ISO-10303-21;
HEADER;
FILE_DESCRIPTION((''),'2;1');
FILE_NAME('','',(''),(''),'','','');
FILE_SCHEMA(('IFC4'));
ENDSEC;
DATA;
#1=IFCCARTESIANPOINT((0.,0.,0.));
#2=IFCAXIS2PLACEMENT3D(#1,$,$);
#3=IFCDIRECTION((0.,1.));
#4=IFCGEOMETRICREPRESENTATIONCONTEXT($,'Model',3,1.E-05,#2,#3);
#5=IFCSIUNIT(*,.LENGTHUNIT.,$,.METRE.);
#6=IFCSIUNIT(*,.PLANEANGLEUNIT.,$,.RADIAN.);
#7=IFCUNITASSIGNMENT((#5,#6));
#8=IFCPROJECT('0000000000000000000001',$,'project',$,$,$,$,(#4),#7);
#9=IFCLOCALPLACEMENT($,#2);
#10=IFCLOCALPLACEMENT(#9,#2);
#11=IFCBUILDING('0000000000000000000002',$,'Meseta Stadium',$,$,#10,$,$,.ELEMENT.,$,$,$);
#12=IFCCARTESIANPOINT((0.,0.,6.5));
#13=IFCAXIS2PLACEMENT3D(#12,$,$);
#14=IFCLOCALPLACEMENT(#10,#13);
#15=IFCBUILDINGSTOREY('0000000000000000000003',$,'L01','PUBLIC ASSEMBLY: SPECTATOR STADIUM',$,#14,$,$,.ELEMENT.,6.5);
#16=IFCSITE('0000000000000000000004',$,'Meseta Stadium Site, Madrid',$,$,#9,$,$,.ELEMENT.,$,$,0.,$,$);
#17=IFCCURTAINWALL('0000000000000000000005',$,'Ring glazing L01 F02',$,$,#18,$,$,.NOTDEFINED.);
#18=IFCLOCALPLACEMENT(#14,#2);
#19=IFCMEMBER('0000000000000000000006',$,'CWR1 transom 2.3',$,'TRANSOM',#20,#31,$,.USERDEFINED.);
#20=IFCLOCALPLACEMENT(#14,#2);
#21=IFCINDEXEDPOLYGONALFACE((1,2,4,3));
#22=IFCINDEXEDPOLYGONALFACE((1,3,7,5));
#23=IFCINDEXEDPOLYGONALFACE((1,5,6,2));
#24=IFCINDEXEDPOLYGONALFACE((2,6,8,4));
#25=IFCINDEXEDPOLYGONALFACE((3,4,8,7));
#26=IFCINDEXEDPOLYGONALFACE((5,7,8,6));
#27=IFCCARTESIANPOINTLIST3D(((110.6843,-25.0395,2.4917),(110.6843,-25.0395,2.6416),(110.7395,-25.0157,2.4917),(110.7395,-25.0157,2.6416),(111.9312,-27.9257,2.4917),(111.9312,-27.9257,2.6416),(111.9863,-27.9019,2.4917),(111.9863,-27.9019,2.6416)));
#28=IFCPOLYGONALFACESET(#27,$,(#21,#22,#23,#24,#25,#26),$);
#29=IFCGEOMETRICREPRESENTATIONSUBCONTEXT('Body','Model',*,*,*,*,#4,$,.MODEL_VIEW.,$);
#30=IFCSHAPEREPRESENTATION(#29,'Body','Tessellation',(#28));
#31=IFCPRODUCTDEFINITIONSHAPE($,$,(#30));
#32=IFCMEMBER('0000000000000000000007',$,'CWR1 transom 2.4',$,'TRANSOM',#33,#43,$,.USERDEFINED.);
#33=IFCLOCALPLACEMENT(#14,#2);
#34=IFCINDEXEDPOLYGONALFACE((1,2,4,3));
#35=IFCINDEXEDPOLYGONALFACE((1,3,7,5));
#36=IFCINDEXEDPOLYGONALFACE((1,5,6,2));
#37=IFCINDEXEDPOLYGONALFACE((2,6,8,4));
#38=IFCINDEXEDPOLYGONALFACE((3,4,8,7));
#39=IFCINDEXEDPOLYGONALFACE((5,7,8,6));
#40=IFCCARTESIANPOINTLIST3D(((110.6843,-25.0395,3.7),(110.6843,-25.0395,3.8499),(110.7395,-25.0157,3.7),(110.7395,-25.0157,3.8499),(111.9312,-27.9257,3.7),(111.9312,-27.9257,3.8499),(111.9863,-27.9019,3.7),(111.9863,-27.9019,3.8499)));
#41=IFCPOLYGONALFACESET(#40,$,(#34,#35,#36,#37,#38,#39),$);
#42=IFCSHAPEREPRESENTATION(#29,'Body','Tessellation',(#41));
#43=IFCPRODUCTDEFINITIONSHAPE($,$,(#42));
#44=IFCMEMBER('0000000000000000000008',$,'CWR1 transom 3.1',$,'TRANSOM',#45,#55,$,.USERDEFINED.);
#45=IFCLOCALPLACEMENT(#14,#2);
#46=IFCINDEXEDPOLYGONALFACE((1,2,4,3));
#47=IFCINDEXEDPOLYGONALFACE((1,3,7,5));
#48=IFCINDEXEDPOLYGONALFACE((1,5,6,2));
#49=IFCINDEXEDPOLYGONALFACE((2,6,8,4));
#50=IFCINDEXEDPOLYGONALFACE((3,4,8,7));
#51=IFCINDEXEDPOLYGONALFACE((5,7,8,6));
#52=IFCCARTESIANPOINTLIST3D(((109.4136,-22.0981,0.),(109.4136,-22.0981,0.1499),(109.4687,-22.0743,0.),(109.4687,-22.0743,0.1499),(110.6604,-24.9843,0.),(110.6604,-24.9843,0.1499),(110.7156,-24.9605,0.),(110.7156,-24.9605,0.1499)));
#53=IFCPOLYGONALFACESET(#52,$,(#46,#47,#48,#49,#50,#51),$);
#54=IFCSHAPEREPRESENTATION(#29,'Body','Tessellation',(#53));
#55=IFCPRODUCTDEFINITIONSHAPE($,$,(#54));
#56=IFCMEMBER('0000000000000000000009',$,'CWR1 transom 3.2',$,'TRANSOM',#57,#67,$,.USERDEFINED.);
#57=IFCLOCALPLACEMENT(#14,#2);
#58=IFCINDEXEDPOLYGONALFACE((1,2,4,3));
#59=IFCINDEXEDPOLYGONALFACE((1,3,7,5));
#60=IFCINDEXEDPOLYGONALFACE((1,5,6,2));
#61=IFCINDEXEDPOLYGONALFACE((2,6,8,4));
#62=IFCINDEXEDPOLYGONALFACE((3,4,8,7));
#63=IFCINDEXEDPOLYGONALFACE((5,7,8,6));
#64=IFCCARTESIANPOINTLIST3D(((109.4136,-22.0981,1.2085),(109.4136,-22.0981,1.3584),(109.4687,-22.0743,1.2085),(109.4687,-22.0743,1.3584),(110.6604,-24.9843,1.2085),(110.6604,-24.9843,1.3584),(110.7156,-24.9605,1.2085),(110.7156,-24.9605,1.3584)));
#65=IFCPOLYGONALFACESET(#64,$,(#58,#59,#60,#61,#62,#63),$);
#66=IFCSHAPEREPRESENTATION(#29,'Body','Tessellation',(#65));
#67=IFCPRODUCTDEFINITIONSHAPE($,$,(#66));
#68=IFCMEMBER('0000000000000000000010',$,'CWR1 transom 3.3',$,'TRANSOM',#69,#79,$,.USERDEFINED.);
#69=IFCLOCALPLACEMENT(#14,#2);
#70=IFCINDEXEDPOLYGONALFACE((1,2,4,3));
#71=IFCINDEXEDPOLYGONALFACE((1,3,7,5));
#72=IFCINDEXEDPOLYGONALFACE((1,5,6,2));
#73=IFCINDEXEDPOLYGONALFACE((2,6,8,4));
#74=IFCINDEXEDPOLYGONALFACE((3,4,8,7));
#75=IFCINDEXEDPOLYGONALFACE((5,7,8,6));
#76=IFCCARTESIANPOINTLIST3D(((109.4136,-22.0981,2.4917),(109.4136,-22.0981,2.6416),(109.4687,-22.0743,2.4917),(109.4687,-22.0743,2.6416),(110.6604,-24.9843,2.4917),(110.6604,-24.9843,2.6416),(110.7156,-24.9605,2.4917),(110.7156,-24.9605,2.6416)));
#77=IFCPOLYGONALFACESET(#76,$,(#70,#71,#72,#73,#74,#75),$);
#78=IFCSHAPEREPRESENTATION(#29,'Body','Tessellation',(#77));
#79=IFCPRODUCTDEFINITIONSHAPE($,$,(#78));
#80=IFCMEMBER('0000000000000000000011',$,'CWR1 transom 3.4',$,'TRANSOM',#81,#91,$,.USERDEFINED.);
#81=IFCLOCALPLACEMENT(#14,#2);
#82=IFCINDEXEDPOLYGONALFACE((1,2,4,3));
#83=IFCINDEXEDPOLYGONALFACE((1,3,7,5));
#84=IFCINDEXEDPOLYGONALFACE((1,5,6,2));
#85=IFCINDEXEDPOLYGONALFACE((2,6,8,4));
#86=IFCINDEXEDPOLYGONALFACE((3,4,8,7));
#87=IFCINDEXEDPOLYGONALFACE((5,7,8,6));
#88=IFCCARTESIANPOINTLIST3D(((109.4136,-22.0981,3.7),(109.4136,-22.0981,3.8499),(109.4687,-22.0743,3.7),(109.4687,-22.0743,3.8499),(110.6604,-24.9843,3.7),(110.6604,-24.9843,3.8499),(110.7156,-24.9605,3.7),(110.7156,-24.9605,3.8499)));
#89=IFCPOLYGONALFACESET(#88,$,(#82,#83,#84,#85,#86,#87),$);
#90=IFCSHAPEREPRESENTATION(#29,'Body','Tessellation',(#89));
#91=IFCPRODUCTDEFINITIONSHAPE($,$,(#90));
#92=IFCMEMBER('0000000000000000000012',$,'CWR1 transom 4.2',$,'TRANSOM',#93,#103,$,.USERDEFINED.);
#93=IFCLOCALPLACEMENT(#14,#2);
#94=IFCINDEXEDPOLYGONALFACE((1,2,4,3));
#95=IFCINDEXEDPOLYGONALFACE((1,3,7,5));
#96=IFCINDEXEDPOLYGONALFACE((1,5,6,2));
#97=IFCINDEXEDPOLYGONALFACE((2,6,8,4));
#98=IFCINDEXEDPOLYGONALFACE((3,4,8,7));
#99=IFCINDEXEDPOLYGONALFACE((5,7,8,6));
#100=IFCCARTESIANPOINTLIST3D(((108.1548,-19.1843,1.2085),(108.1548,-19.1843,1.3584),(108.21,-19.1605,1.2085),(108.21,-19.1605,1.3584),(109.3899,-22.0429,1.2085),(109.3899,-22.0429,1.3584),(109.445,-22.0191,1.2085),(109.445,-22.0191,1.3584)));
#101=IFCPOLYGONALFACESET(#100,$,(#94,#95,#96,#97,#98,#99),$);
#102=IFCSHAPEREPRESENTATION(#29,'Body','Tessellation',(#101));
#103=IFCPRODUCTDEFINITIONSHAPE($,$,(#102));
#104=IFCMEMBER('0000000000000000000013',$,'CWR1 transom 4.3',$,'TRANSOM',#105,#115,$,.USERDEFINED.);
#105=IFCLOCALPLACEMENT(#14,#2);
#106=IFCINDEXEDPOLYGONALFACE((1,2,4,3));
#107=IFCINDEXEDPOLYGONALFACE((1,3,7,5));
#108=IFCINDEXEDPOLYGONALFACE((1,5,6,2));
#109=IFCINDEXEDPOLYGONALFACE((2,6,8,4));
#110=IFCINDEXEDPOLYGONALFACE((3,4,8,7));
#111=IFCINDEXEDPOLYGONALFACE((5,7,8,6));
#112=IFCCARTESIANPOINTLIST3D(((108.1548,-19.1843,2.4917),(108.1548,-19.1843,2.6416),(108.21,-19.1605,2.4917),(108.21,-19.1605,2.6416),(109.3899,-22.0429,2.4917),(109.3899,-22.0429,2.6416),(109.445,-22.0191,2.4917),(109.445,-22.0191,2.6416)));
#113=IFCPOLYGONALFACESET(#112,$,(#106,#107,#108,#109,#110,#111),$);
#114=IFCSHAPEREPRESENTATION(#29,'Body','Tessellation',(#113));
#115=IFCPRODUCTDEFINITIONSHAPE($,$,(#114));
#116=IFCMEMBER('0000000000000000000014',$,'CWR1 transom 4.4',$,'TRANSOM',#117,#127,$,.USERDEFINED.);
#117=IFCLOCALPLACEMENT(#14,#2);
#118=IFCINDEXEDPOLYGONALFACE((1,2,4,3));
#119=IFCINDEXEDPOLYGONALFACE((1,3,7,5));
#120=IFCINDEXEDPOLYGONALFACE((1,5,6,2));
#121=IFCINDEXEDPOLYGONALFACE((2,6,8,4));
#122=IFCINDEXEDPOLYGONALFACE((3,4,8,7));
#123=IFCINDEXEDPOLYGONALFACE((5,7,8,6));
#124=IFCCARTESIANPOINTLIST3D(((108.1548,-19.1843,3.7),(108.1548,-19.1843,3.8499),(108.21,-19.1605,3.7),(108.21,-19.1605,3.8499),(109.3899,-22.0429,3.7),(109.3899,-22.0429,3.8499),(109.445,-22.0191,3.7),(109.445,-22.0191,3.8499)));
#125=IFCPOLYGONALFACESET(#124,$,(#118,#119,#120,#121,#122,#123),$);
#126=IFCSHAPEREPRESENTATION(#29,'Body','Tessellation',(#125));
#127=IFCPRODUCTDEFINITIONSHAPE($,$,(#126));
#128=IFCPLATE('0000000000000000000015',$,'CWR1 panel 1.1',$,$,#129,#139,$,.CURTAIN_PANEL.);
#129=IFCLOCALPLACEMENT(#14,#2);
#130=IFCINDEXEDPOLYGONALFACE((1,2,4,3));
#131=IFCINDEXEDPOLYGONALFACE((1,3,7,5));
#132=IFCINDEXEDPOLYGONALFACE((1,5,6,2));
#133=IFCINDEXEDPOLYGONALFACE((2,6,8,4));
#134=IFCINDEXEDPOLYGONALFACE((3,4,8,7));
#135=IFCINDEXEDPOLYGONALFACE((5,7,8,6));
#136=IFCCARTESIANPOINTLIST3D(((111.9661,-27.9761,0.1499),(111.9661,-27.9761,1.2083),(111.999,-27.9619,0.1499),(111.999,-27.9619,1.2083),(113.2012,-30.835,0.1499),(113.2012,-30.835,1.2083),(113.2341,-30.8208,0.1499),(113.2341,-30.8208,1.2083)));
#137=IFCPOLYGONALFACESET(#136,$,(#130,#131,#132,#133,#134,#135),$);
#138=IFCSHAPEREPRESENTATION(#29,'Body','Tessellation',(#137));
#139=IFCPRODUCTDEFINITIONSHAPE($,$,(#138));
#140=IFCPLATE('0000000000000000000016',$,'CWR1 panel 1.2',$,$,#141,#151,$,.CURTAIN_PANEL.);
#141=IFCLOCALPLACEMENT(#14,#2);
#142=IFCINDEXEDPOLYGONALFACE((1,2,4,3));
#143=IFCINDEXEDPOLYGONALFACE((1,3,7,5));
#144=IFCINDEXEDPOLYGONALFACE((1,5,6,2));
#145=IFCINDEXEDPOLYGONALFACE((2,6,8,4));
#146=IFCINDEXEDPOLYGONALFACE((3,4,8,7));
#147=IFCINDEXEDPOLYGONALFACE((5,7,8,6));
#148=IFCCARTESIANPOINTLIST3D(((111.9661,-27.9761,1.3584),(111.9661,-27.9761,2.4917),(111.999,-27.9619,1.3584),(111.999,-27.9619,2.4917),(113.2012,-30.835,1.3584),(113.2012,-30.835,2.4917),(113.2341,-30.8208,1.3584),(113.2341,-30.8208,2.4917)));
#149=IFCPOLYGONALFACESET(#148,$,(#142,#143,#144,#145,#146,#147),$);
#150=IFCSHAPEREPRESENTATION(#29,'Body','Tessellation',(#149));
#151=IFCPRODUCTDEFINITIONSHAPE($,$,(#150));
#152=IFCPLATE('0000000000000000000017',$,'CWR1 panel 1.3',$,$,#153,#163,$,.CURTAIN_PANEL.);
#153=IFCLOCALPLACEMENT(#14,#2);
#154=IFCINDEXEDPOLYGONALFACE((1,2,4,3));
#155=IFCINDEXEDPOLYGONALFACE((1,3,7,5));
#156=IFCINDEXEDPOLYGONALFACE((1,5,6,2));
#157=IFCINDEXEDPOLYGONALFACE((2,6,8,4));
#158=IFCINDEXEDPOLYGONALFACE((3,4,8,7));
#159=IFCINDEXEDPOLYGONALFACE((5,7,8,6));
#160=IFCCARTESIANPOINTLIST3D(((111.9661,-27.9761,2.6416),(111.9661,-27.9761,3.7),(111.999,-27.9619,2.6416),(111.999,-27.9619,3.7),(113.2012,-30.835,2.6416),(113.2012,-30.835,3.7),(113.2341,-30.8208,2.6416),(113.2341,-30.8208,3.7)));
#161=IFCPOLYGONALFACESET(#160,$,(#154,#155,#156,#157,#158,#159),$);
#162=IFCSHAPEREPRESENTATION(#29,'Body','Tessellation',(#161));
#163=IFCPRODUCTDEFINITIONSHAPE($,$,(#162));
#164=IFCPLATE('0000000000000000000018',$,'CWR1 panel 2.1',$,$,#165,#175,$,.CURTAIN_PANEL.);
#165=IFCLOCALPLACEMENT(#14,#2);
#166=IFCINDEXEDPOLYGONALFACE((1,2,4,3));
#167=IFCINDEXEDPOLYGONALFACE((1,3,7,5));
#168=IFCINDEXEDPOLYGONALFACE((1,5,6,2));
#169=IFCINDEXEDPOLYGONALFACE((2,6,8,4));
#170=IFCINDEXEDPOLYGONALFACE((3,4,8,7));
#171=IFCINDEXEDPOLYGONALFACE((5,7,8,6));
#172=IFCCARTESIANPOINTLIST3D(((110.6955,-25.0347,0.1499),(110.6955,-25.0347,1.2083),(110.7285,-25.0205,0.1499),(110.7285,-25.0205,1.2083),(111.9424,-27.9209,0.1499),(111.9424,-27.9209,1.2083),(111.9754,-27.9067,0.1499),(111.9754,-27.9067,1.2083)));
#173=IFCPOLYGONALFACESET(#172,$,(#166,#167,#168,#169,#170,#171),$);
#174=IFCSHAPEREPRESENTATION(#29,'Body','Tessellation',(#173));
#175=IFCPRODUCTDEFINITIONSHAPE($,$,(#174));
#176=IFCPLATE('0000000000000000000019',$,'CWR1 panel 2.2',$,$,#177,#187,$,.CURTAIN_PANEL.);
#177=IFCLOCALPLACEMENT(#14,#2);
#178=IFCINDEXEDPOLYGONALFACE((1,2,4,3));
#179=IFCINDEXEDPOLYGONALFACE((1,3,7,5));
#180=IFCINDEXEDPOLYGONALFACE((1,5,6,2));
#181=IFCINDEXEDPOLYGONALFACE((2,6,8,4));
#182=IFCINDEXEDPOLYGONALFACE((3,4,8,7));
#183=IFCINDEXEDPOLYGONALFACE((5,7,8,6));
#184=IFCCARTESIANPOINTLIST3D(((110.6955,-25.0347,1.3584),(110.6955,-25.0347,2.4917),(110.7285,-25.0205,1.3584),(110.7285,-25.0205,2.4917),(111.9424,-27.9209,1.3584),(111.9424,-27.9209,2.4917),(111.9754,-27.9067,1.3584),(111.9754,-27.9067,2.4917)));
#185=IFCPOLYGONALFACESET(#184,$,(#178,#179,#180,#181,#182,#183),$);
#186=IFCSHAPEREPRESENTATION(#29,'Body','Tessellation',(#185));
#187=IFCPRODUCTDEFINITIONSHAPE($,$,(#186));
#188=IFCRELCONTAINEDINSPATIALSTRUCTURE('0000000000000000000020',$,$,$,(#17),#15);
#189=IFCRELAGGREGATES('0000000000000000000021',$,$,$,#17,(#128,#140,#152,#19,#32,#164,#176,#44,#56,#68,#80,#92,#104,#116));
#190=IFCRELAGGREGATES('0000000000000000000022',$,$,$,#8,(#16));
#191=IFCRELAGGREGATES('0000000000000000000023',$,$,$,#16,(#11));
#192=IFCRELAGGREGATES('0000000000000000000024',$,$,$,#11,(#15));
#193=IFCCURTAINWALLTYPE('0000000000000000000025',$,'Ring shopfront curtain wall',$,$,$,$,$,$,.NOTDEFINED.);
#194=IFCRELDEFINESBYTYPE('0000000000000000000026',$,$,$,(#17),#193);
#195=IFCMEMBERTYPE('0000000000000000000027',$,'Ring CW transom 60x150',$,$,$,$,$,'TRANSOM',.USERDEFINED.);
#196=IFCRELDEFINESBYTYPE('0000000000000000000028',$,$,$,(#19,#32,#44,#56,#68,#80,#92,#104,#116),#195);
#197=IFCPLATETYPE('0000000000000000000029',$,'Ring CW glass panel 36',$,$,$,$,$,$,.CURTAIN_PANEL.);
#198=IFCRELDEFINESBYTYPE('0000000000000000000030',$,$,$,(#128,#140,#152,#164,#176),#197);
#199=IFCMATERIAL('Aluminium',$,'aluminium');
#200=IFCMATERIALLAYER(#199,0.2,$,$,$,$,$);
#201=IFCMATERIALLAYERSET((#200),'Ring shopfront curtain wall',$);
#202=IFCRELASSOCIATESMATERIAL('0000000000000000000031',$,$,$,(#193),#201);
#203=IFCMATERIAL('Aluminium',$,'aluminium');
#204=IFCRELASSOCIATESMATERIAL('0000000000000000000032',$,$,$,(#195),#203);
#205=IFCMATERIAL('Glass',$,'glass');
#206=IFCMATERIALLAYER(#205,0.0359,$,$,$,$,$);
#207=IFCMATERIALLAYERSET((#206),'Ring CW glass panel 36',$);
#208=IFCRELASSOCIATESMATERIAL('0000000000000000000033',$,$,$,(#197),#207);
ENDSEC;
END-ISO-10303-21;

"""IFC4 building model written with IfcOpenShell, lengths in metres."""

from ifc_helpers import new_model, si_unit, direction, frame, origin, origin_2d, place, context, subcontext, project, spatial, rectangle, extrude, material, layer, layer_set, material_profile, profile_set, type_object, element, aggregate, save


model = new_model("IFC4")

# Units and contexts
model_context = context("Model", 3, precision=1e-05, world=origin(), true_north=direction((0.0, 1.0)))
body_context = subcontext(model_context, "Body", "Model", "MODEL_VIEW")
ifc_project = project(units=[si_unit("LENGTHUNIT", "METRE"), si_unit("PLANEANGLEUNIT", "RADIAN")], contexts=[model_context])

# Site, building, storey
site_placement = place(None, origin())
site = spatial("IfcSite", under=ifc_project, at=site_placement, Name="Meseta Stadium Site, Madrid", CompositionType="ELEMENT", RefElevation=0.0)
building_placement = place(site_placement, origin())
building = spatial("IfcBuilding", under=site, at=building_placement, Name="Meseta Stadium", CompositionType="ELEMENT")
storey_placement = place(building_placement, frame((0.0, 0.0, 6.5)))
storey = spatial("IfcBuildingStorey", under=building, at=storey_placement, Name="L01", Description="PUBLIC ASSEMBLY: SPECTATOR STADIUM", CompositionType="ELEMENT", Elevation=6.5)

# Curtain wall, members, plates
ifc_material_1 = material(Name="Aluminium", Category="aluminium")
ifc_layer_1 = layer(ifc_material_1, 0.2)
ifc_layer_set_1 = layer_set([ifc_layer_1], Name="Ring shopfront curtain wall")
curtain_wall_type = type_object("IfcCurtainWallType", Name="Ring shopfront curtain wall", PredefinedType="NOTDEFINED", material=ifc_layer_set_1)
curtain_wall_placement = place(storey_placement, origin())
curtain_wall = element("IfcCurtainWall", 1, at=curtain_wall_placement, inside=storey, type_object=curtain_wall_type, Name="Ring glazing L01 F02", PredefinedType="NOTDEFINED")
ifc_material_2 = material(Name="Aluminium", Category="aluminium")
ifc_material_profile_1 = material_profile(ifc_material_2, rectangle(XDim=0.0601, YDim=0.1499, at=origin_2d()), Name="CW 60x150")
ifc_profile_set_1 = profile_set([ifc_material_profile_1], Name="Aluminium")
member_type_1 = type_object("IfcMemberType", Name="Ring CW transom 60x150", ElementType="TRANSOM", PredefinedType="USERDEFINED", material=ifc_profile_set_1)
member_1_placement = place(storey_placement, frame((111.9587, -27.9138, 2.5667), z_axis=(-0.39657, 0.918005, 0.0), x_axis=(-0.918005, -0.39657, 0.0)))
member_1 = element("IfcMember", 2, at=member_1_placement, type_object=member_type_1, Name="CWR1 transom 2.3", ObjectType="TRANSOM", PredefinedType="USERDEFINED", context=body_context, shape_type="SweptSolid", body=[
    extrude(rectangle(XDim=0.0601, YDim=0.1499, at=origin_2d()), origin(), (0.0, 0.0, 1.0), 3.144),
])
member_2_placement = place(storey_placement, frame((111.9587, -27.9138, 3.7749), z_axis=(-0.39657, 0.918005, 0.0), x_axis=(-0.918005, -0.39657, 0.0)))
member_2 = element("IfcMember", 3, at=member_2_placement, type_object=member_type_1, Name="CWR1 transom 2.4", ObjectType="TRANSOM", PredefinedType="USERDEFINED", context=body_context, shape_type="SweptSolid", body=[
    extrude(rectangle(XDim=0.0601, YDim=0.1499, at=origin_2d()), origin(), (0.0, 0.0, 1.0), 3.144),
])
member_3_placement = place(storey_placement, frame((110.688, -24.9724, 0.075), z_axis=(-0.39657, 0.918005, 0.0), x_axis=(-0.918005, -0.39657, 0.0)))
member_3 = element("IfcMember", 4, at=member_3_placement, type_object=member_type_1, Name="CWR1 transom 3.1", ObjectType="TRANSOM", PredefinedType="USERDEFINED", context=body_context, shape_type="SweptSolid", body=[
    extrude(rectangle(XDim=0.0601, YDim=0.1499, at=origin_2d()), origin(), (0.0, 0.0, 1.0), 3.144),
])
member_4_placement = place(storey_placement, frame((110.688, -24.9724, 1.2834), z_axis=(-0.39657, 0.918005, 0.0), x_axis=(-0.918005, -0.39657, 0.0)))
member_4 = element("IfcMember", 5, at=member_4_placement, type_object=member_type_1, Name="CWR1 transom 3.2", ObjectType="TRANSOM", PredefinedType="USERDEFINED", context=body_context, shape_type="SweptSolid", body=[
    extrude(rectangle(XDim=0.0601, YDim=0.1499, at=origin_2d()), origin(), (0.0, 0.0, 1.0), 3.144),
])
member_5_placement = place(storey_placement, frame((110.688, -24.9724, 2.5667), z_axis=(-0.39657, 0.918005, 0.0), x_axis=(-0.918005, -0.39657, 0.0)))
member_5 = element("IfcMember", 6, at=member_5_placement, type_object=member_type_1, Name="CWR1 transom 3.3", ObjectType="TRANSOM", PredefinedType="USERDEFINED", context=body_context, shape_type="SweptSolid", body=[
    extrude(rectangle(XDim=0.0601, YDim=0.1499, at=origin_2d()), origin(), (0.0, 0.0, 1.0), 3.144),
])
member_6_placement = place(storey_placement, frame((110.688, -24.9724, 3.7749), z_axis=(-0.39657, 0.918005, 0.0), x_axis=(-0.918005, -0.39657, 0.0)))
member_6 = element("IfcMember", 7, at=member_6_placement, type_object=member_type_1, Name="CWR1 transom 3.4", ObjectType="TRANSOM", PredefinedType="USERDEFINED", context=body_context, shape_type="SweptSolid", body=[
    extrude(rectangle(XDim=0.0601, YDim=0.1499, at=origin_2d()), origin(), (0.0, 0.0, 1.0), 3.144),
])
member_7_placement = place(storey_placement, frame((109.4175, -22.031, 1.2834), z_axis=(-0.396624, 0.917981, 0.0), x_axis=(-0.917981, -0.396624, 0.0)))
member_7 = element("IfcMember", 8, at=member_7_placement, type_object=member_type_1, Name="CWR1 transom 4.2", ObjectType="TRANSOM", PredefinedType="USERDEFINED", context=body_context, shape_type="SweptSolid", body=[
    extrude(rectangle(XDim=0.0601, YDim=0.1499, at=origin_2d()), origin(), (0.0, 0.0, 1.0), 3.114),
])
member_8_placement = place(storey_placement, frame((109.4175, -22.031, 2.5667), z_axis=(-0.396624, 0.917981, 0.0), x_axis=(-0.917981, -0.396624, 0.0)))
member_8 = element("IfcMember", 9, at=member_8_placement, type_object=member_type_1, Name="CWR1 transom 4.3", ObjectType="TRANSOM", PredefinedType="USERDEFINED", context=body_context, shape_type="SweptSolid", body=[
    extrude(rectangle(XDim=0.0601, YDim=0.1499, at=origin_2d()), origin(), (0.0, 0.0, 1.0), 3.114),
])
member_9_placement = place(storey_placement, frame((109.4175, -22.031, 3.7749), z_axis=(-0.396624, 0.917981, 0.0), x_axis=(-0.917981, -0.396624, 0.0)))
member_9 = element("IfcMember", 10, at=member_9_placement, type_object=member_type_1, Name="CWR1 transom 4.4", ObjectType="TRANSOM", PredefinedType="USERDEFINED", context=body_context, shape_type="SweptSolid", body=[
    extrude(rectangle(XDim=0.0601, YDim=0.1499, at=origin_2d()), origin(), (0.0, 0.0, 1.0), 3.114),
])
ifc_material_3 = material(Name="Glass", Category="glass")
ifc_layer_2 = layer(ifc_material_3, 0.0359)
ifc_layer_set_2 = layer_set([ifc_layer_2], Name="Ring CW glass panel 36")
plate_type_1 = type_object("IfcPlateType", Name="Ring CW glass panel 36", PredefinedType="CURTAIN_PANEL", material=ifc_layer_set_2)
plate_1_placement = place(storey_placement, frame((112.6001, -29.3984, 0.1499), z_axis=(0.0, 0.0, 1.0), x_axis=(-0.396581, 0.918, 0.0)))
plate_1 = element("IfcPlate", 11, at=plate_1_placement, type_object=plate_type_1, Name="CWR1 panel 1.1", PredefinedType="CURTAIN_PANEL", context=body_context, shape_type="SweptSolid", body=[
    extrude(rectangle(XDim=3.1143, YDim=0.0359, at=origin_2d()), origin(), (0.0, 0.0, 1.0), 1.0583),
])
plate_2_placement = place(storey_placement, frame((112.6001, -29.3984, 1.3584), z_axis=(0.0, 0.0, 1.0), x_axis=(-0.396581, 0.918, 0.0)))
plate_2 = element("IfcPlate", 12, at=plate_2_placement, type_object=plate_type_1, Name="CWR1 panel 1.2", PredefinedType="CURTAIN_PANEL", context=body_context, shape_type="SweptSolid", body=[
    extrude(rectangle(XDim=3.1143, YDim=0.0359, at=origin_2d()), origin(), (0.0, 0.0, 1.0), 1.1333),
])
plate_3_placement = place(storey_placement, frame((112.6001, -29.3984, 2.6416), z_axis=(0.0, 0.0, 1.0), x_axis=(-0.396581, 0.918, 0.0)))
plate_3 = element("IfcPlate", 13, at=plate_3_placement, type_object=plate_type_1, Name="CWR1 panel 1.3", PredefinedType="CURTAIN_PANEL", context=body_context, shape_type="SweptSolid", body=[
    extrude(rectangle(XDim=3.1143, YDim=0.0359, at=origin_2d()), origin(), (0.0, 0.0, 1.0), 1.0583),
])
plate_4_placement = place(storey_placement, frame((111.3354, -26.4707, 0.1499), z_axis=(0.0, 0.0, 1.0), x_axis=(-0.396581, 0.918, 0.0)))
plate_4 = element("IfcPlate", 14, at=plate_4_placement, type_object=plate_type_1, Name="CWR1 panel 2.1", PredefinedType="CURTAIN_PANEL", context=body_context, shape_type="SweptSolid", body=[
    extrude(rectangle(XDim=3.144, YDim=0.0359, at=origin_2d()), origin(), (0.0, 0.0, 1.0), 1.0583),
])
plate_5_placement = place(storey_placement, frame((111.3354, -26.4707, 1.3584), z_axis=(0.0, 0.0, 1.0), x_axis=(-0.396581, 0.918, 0.0)))
plate_5 = element("IfcPlate", 15, at=plate_5_placement, type_object=plate_type_1, Name="CWR1 panel 2.2", PredefinedType="CURTAIN_PANEL", context=body_context, shape_type="SweptSolid", body=[
    extrude(rectangle(XDim=3.144, YDim=0.0359, at=origin_2d()), origin(), (0.0, 0.0, 1.0), 1.1333),
])
aggregate(curtain_wall, [plate_1, plate_2, plate_3, member_1, member_2, plate_4, plate_5, member_3, member_4, member_5, member_6, member_7, member_8, member_9])

save(model, "model.ifc")
